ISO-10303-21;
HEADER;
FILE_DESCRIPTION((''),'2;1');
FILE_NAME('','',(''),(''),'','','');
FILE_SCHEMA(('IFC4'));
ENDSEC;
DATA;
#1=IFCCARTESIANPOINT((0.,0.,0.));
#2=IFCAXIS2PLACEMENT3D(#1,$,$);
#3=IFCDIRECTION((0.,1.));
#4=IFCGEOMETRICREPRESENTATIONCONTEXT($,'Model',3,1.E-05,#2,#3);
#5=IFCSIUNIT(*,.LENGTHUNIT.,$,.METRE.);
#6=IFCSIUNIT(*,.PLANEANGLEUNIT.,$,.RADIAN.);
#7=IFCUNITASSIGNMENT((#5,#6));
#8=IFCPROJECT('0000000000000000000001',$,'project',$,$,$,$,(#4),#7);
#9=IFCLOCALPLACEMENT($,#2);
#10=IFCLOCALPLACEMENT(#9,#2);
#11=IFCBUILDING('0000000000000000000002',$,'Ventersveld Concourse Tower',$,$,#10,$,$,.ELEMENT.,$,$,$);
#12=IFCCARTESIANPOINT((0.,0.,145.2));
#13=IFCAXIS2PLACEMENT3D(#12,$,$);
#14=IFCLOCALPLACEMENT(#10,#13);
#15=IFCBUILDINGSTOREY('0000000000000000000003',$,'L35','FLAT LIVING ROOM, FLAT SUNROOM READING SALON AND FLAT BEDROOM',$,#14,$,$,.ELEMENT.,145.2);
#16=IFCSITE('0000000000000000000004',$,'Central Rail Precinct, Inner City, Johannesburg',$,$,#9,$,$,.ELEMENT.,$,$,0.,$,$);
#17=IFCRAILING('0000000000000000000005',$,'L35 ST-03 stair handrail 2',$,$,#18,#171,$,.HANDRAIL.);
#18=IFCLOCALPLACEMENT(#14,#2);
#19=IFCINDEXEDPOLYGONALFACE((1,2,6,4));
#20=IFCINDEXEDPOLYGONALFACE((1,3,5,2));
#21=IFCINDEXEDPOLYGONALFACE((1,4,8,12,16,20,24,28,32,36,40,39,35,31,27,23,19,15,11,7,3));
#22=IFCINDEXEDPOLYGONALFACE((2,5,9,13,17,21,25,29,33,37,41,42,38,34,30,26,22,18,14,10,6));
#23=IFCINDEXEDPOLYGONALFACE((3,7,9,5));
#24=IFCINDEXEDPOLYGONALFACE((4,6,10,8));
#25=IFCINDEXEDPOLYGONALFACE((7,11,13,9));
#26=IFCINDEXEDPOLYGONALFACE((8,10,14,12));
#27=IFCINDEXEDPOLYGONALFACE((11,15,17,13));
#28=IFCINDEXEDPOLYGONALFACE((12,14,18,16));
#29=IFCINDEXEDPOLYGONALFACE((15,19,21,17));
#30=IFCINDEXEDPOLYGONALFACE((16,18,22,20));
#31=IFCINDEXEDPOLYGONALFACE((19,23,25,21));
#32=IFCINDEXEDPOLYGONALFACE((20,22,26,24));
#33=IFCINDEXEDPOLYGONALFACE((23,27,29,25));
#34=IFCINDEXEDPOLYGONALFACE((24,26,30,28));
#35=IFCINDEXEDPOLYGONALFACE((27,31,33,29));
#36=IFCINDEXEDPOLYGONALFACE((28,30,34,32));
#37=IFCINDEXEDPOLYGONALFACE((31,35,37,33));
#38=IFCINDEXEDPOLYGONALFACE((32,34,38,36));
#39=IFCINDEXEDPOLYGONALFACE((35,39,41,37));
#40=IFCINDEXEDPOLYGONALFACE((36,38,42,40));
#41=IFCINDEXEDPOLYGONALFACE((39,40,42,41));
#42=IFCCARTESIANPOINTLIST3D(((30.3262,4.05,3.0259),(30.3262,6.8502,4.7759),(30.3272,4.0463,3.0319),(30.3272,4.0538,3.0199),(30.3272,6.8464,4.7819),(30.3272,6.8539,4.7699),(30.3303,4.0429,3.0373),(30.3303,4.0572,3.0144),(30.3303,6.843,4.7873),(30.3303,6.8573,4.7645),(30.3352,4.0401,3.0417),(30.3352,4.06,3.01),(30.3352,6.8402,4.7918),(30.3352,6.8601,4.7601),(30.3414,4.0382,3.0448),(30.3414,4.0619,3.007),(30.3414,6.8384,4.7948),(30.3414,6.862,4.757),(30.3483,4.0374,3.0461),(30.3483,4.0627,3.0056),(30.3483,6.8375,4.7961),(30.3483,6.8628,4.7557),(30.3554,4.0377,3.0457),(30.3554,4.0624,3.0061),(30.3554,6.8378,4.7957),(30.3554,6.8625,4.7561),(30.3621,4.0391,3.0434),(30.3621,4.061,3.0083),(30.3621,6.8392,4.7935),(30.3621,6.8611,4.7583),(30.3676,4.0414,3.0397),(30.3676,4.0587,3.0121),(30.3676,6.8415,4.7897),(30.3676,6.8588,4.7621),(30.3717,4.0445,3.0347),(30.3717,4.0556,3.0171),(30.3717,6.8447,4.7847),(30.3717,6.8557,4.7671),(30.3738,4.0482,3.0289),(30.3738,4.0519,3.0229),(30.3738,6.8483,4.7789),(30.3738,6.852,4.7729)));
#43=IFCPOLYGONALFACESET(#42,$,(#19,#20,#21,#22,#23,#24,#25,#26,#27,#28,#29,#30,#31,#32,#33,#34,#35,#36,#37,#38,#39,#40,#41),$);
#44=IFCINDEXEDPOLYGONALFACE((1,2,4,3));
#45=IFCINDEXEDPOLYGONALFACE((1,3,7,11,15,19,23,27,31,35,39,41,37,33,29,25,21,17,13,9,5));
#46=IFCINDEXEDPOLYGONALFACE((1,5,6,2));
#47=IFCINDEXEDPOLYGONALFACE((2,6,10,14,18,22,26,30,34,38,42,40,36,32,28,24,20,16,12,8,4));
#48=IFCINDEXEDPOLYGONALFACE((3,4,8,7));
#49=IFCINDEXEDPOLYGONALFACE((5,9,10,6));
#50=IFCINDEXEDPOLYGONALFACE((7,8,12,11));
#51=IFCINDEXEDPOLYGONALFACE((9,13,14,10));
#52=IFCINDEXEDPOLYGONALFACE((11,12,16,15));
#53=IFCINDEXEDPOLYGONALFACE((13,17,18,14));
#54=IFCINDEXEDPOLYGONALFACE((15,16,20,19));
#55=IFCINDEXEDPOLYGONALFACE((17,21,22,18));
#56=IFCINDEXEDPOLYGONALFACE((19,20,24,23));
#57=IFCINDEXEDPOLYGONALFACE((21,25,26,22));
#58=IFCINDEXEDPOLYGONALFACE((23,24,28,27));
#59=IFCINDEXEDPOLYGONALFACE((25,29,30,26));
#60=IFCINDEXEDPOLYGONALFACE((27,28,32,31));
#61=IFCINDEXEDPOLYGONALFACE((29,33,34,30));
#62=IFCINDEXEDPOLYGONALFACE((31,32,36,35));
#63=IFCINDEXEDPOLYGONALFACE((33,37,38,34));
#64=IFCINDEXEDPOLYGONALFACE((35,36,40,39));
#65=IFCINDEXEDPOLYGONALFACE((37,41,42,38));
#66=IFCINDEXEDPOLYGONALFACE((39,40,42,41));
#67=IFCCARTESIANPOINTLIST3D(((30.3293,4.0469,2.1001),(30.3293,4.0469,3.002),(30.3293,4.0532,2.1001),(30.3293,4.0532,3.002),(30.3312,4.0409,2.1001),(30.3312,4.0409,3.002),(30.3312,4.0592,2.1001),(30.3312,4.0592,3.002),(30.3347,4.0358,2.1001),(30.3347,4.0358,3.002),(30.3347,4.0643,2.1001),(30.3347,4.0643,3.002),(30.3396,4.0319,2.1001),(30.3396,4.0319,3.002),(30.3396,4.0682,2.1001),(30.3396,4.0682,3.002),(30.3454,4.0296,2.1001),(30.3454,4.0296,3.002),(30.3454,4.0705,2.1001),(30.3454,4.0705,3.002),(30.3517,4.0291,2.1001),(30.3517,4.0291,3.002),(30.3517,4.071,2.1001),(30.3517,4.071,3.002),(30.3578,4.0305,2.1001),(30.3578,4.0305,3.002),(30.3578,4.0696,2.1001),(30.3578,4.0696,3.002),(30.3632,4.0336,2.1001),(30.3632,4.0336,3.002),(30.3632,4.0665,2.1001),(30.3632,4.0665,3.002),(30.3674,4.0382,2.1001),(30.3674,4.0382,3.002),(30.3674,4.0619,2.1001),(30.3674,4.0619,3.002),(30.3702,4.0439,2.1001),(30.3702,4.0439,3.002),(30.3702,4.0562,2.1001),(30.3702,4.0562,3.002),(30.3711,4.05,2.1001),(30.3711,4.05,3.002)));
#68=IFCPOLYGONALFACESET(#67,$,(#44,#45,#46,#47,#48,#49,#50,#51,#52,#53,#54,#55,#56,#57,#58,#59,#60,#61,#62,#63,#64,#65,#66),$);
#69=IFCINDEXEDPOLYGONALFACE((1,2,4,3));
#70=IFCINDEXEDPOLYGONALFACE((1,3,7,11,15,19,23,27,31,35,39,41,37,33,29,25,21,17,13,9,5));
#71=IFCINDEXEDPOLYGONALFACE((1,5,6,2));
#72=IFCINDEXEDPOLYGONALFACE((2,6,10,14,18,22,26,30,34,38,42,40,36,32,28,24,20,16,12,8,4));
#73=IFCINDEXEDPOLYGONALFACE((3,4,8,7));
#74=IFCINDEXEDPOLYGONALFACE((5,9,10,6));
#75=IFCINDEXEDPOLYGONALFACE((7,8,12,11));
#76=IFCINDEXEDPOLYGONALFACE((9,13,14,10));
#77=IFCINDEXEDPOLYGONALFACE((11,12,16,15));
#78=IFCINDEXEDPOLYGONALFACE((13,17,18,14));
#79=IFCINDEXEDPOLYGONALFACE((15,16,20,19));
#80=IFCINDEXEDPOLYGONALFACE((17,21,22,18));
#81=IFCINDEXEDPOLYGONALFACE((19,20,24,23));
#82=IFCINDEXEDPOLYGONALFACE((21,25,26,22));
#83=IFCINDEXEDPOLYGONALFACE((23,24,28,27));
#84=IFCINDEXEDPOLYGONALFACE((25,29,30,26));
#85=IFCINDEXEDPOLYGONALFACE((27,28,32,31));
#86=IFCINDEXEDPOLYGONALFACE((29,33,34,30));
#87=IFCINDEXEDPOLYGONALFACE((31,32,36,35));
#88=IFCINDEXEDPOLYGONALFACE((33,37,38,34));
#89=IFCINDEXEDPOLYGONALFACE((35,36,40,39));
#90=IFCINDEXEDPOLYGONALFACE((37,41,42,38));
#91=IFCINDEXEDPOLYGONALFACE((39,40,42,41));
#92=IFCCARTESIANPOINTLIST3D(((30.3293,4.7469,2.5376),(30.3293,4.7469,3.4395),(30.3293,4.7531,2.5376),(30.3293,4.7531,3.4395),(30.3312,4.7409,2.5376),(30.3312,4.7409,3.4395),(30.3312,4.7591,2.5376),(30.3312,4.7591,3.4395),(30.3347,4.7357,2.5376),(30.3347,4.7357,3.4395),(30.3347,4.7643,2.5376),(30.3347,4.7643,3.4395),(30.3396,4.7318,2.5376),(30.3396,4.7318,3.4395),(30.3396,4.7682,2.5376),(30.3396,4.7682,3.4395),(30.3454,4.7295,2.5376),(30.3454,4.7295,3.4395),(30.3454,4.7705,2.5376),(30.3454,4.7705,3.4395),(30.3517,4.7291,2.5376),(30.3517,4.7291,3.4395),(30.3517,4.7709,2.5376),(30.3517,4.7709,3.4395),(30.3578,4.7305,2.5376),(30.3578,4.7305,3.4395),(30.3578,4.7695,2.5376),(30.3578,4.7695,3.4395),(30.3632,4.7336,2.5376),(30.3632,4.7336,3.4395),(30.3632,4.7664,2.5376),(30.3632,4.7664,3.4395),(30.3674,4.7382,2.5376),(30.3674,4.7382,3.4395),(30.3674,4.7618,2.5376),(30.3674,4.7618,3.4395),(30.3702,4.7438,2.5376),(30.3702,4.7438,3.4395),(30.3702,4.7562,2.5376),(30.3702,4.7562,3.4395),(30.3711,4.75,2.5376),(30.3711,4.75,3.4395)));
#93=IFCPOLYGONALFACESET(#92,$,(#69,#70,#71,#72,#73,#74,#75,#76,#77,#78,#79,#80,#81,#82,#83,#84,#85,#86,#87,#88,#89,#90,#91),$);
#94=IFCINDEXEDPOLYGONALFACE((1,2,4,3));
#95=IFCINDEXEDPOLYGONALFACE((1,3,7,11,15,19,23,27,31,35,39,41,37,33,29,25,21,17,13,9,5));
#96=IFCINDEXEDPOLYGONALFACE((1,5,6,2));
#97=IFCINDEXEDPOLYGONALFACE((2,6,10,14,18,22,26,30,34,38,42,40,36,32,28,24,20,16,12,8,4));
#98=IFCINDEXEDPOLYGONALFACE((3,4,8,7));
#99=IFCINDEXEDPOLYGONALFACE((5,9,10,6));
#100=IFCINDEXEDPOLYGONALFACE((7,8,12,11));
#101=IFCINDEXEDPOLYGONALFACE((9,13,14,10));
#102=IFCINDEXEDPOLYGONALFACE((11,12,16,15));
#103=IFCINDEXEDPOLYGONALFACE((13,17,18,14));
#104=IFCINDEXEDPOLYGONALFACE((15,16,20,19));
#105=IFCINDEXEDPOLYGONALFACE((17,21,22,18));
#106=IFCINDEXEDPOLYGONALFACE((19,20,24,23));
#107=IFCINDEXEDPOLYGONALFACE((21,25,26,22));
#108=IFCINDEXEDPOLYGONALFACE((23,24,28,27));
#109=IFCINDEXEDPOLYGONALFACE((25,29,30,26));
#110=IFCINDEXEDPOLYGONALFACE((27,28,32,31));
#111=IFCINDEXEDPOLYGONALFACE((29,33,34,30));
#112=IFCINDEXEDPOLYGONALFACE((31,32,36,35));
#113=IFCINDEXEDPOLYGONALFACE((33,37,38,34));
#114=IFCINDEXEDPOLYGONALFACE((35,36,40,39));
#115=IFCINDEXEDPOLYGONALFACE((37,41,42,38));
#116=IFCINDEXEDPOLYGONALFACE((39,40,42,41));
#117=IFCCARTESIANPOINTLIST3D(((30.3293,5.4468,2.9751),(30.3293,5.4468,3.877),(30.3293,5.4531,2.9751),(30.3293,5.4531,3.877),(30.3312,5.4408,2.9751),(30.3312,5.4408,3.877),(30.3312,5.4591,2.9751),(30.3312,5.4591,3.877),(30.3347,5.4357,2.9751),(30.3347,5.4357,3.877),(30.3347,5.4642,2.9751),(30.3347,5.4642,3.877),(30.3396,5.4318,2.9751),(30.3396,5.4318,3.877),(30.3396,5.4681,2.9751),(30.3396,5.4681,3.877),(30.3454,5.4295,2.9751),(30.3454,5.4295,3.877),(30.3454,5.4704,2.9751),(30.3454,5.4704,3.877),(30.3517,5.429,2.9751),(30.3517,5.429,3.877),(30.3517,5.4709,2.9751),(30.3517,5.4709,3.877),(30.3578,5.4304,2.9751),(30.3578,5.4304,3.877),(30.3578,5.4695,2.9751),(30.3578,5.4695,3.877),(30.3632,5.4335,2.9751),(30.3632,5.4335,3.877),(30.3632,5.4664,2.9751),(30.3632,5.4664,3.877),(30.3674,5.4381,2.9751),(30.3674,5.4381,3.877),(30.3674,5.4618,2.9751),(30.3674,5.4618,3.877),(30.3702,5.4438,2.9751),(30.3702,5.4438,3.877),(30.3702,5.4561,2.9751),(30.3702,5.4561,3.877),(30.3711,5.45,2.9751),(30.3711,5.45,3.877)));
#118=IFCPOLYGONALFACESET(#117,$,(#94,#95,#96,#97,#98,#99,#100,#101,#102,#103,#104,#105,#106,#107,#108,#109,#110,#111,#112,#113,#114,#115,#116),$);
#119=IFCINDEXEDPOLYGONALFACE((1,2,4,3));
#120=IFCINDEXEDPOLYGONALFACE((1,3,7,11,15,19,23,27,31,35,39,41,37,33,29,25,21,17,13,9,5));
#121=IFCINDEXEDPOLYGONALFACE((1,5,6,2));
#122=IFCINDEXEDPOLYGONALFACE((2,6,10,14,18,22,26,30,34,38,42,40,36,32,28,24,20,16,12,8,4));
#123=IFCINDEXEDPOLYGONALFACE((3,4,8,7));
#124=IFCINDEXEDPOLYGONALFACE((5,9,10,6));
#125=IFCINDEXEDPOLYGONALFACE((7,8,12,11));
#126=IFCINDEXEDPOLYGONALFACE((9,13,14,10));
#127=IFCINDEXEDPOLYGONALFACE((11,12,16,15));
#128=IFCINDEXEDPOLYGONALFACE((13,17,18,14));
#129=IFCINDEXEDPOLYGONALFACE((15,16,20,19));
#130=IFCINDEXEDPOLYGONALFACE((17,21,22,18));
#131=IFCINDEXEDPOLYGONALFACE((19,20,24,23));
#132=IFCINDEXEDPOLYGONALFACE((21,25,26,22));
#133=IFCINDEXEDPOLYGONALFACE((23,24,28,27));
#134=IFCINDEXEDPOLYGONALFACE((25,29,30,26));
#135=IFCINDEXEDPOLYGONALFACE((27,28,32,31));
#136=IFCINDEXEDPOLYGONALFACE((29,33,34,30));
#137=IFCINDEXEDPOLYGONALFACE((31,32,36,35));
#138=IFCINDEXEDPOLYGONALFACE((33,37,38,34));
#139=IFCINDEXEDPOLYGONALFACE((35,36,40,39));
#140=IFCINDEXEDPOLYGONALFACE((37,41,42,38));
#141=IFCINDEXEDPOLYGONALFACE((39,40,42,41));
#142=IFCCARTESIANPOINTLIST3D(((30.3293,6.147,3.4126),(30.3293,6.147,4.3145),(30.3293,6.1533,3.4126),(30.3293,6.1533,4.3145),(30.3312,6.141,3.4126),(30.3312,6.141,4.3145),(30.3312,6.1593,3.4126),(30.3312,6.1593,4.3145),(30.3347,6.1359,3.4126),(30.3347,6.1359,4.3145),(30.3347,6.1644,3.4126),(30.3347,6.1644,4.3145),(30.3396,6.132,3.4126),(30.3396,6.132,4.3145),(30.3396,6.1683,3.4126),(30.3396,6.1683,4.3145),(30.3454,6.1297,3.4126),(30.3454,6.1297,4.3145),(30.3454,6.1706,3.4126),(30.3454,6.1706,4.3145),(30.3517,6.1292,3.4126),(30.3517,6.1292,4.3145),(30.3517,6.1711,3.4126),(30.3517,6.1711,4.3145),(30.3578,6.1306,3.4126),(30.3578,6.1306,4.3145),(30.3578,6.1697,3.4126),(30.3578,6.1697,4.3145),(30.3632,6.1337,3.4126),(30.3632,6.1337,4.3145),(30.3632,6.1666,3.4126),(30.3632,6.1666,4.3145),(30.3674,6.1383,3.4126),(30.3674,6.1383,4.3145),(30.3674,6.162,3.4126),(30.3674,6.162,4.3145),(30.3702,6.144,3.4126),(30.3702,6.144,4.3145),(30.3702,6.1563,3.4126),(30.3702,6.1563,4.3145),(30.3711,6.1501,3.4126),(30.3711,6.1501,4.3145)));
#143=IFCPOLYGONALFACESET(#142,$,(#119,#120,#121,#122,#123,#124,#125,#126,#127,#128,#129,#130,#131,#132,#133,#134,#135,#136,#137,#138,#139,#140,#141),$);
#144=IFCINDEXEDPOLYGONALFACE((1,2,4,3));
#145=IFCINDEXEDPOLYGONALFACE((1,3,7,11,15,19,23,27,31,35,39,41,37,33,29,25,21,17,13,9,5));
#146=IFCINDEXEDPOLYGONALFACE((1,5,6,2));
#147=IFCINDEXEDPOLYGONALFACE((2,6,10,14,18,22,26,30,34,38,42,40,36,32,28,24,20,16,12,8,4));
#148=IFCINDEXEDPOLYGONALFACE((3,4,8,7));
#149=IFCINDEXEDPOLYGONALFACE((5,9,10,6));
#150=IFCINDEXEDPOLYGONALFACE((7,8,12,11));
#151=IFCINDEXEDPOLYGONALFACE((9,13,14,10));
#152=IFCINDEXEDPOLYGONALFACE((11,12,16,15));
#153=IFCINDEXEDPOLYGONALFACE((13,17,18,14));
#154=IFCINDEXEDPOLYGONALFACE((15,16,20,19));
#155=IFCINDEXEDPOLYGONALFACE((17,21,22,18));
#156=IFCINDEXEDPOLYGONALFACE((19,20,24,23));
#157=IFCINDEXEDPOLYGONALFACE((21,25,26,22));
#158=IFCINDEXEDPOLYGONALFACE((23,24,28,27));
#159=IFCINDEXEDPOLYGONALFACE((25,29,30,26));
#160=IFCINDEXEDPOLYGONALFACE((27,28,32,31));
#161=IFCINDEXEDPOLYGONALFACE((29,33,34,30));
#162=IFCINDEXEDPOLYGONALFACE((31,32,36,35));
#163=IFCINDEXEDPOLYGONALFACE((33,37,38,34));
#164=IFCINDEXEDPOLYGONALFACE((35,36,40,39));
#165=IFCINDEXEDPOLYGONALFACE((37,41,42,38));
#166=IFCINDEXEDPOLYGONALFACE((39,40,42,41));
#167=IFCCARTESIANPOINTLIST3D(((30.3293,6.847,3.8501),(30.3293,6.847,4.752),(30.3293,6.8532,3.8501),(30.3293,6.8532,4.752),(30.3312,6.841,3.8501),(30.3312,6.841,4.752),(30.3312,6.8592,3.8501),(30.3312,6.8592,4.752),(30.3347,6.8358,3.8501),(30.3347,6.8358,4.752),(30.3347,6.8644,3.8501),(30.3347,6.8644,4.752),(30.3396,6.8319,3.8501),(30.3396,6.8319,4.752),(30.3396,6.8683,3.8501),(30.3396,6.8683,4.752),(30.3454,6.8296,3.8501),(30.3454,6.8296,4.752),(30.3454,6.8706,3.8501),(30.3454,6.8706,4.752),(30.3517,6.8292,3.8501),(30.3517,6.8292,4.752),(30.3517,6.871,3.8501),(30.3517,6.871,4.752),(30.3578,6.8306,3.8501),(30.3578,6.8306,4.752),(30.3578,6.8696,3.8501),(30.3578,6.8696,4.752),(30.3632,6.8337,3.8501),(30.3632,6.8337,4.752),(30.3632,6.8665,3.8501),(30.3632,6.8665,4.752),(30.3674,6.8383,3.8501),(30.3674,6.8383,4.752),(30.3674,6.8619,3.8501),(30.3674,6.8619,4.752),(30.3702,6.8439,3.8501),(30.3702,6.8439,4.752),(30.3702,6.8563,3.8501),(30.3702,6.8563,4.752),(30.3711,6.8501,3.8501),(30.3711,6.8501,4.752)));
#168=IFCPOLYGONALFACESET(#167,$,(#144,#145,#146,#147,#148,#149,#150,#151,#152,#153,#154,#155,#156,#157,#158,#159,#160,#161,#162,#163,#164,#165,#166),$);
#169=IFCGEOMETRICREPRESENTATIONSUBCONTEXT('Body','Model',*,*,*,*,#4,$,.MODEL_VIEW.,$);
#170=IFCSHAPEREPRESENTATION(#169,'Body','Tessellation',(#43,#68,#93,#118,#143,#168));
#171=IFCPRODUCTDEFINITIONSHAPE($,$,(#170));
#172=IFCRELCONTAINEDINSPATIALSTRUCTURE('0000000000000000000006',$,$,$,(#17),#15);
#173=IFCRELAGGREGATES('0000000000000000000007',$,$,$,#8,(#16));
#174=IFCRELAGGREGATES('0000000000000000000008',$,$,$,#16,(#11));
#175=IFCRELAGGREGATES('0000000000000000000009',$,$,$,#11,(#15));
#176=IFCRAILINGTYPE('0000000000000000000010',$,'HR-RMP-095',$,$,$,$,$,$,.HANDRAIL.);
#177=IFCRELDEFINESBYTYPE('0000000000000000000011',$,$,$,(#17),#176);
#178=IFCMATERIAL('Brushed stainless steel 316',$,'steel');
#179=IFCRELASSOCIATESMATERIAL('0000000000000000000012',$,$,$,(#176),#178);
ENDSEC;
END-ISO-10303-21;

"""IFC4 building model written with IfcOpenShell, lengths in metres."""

from ifc_helpers import new_model, si_unit, direction, frame, origin, origin_2d, place, context, subcontext, project, spatial, circle, extrude, material, type_object, element, save


model = new_model("IFC4")

# Units and contexts
model_context = context("Model", 3, precision=1e-05, world=origin(), true_north=direction((0.0, 1.0)))
body_context = subcontext(model_context, "Body", "Model", "MODEL_VIEW")
ifc_project = project(units=[si_unit("LENGTHUNIT", "METRE"), si_unit("PLANEANGLEUNIT", "RADIAN")], contexts=[model_context])

# Site, building, storey
site_placement = place(None, origin())
site = spatial("IfcSite", under=ifc_project, at=site_placement, Name="Central Rail Precinct, Inner City, Johannesburg", CompositionType="ELEMENT", RefElevation=0.0)
building_placement = place(site_placement, origin())
building = spatial("IfcBuilding", under=site, at=building_placement, Name="Ventersveld Concourse Tower", CompositionType="ELEMENT")
storey_placement = place(building_placement, frame((0.0, 0.0, 145.2)))
storey = spatial("IfcBuildingStorey", under=building, at=storey_placement, Name="L35", Description="FLAT LIVING ROOM, FLAT SUNROOM READING SALON AND FLAT BEDROOM", CompositionType="ELEMENT", Elevation=145.2)

# Shared definitions
ifc_material_1 = material(Name="Brushed stainless steel 316", Category="steel")

# Railing
railing_type_1 = type_object("IfcRailingType", Name="HR-RMP-095", PredefinedType="HANDRAIL", material=ifc_material_1)
railing_1_placement = place(storey_placement, frame((30.3501, 4.05, 2.1001)))
element("IfcRailing", 1, at=railing_1_placement, inside=storey, type_object=railing_type_1, Name="L35 ST-03 stair handrail 2", PredefinedType="HANDRAIL", context=body_context, shape_type="SweptSolid", body=[
    extrude(circle(Radius=0.0239, at=origin_2d()), frame((0.0, 0.0, 0.9258), z_axis=(0.0, 0.848002, 0.529992), x_axis=(-1.0, 0.0, 0.0)), (0.0, 0.0, 1.0), 3.302),
    extrude(circle(Radius=0.021, at=origin_2d()), origin(), (0.0, 0.0, 1.0), 0.9019),
    extrude(circle(Radius=0.021, at=origin_2d()), frame((0.0, 0.7, 0.4375)), (0.0, 0.0, 1.0), 0.9019),
    extrude(circle(Radius=0.021, at=origin_2d()), frame((0.0, 1.3999, 0.875)), (0.0, 0.0, 1.0), 0.9019),
    extrude(circle(Radius=0.021, at=origin_2d()), frame((0.0, 2.1001, 1.3125)), (0.0, 0.0, 1.0), 0.9019),
    extrude(circle(Radius=0.021, at=origin_2d()), frame((0.0, 2.8, 1.75)), (0.0, 0.0, 1.0), 0.9019),
])

save(model, "model.ifc")
